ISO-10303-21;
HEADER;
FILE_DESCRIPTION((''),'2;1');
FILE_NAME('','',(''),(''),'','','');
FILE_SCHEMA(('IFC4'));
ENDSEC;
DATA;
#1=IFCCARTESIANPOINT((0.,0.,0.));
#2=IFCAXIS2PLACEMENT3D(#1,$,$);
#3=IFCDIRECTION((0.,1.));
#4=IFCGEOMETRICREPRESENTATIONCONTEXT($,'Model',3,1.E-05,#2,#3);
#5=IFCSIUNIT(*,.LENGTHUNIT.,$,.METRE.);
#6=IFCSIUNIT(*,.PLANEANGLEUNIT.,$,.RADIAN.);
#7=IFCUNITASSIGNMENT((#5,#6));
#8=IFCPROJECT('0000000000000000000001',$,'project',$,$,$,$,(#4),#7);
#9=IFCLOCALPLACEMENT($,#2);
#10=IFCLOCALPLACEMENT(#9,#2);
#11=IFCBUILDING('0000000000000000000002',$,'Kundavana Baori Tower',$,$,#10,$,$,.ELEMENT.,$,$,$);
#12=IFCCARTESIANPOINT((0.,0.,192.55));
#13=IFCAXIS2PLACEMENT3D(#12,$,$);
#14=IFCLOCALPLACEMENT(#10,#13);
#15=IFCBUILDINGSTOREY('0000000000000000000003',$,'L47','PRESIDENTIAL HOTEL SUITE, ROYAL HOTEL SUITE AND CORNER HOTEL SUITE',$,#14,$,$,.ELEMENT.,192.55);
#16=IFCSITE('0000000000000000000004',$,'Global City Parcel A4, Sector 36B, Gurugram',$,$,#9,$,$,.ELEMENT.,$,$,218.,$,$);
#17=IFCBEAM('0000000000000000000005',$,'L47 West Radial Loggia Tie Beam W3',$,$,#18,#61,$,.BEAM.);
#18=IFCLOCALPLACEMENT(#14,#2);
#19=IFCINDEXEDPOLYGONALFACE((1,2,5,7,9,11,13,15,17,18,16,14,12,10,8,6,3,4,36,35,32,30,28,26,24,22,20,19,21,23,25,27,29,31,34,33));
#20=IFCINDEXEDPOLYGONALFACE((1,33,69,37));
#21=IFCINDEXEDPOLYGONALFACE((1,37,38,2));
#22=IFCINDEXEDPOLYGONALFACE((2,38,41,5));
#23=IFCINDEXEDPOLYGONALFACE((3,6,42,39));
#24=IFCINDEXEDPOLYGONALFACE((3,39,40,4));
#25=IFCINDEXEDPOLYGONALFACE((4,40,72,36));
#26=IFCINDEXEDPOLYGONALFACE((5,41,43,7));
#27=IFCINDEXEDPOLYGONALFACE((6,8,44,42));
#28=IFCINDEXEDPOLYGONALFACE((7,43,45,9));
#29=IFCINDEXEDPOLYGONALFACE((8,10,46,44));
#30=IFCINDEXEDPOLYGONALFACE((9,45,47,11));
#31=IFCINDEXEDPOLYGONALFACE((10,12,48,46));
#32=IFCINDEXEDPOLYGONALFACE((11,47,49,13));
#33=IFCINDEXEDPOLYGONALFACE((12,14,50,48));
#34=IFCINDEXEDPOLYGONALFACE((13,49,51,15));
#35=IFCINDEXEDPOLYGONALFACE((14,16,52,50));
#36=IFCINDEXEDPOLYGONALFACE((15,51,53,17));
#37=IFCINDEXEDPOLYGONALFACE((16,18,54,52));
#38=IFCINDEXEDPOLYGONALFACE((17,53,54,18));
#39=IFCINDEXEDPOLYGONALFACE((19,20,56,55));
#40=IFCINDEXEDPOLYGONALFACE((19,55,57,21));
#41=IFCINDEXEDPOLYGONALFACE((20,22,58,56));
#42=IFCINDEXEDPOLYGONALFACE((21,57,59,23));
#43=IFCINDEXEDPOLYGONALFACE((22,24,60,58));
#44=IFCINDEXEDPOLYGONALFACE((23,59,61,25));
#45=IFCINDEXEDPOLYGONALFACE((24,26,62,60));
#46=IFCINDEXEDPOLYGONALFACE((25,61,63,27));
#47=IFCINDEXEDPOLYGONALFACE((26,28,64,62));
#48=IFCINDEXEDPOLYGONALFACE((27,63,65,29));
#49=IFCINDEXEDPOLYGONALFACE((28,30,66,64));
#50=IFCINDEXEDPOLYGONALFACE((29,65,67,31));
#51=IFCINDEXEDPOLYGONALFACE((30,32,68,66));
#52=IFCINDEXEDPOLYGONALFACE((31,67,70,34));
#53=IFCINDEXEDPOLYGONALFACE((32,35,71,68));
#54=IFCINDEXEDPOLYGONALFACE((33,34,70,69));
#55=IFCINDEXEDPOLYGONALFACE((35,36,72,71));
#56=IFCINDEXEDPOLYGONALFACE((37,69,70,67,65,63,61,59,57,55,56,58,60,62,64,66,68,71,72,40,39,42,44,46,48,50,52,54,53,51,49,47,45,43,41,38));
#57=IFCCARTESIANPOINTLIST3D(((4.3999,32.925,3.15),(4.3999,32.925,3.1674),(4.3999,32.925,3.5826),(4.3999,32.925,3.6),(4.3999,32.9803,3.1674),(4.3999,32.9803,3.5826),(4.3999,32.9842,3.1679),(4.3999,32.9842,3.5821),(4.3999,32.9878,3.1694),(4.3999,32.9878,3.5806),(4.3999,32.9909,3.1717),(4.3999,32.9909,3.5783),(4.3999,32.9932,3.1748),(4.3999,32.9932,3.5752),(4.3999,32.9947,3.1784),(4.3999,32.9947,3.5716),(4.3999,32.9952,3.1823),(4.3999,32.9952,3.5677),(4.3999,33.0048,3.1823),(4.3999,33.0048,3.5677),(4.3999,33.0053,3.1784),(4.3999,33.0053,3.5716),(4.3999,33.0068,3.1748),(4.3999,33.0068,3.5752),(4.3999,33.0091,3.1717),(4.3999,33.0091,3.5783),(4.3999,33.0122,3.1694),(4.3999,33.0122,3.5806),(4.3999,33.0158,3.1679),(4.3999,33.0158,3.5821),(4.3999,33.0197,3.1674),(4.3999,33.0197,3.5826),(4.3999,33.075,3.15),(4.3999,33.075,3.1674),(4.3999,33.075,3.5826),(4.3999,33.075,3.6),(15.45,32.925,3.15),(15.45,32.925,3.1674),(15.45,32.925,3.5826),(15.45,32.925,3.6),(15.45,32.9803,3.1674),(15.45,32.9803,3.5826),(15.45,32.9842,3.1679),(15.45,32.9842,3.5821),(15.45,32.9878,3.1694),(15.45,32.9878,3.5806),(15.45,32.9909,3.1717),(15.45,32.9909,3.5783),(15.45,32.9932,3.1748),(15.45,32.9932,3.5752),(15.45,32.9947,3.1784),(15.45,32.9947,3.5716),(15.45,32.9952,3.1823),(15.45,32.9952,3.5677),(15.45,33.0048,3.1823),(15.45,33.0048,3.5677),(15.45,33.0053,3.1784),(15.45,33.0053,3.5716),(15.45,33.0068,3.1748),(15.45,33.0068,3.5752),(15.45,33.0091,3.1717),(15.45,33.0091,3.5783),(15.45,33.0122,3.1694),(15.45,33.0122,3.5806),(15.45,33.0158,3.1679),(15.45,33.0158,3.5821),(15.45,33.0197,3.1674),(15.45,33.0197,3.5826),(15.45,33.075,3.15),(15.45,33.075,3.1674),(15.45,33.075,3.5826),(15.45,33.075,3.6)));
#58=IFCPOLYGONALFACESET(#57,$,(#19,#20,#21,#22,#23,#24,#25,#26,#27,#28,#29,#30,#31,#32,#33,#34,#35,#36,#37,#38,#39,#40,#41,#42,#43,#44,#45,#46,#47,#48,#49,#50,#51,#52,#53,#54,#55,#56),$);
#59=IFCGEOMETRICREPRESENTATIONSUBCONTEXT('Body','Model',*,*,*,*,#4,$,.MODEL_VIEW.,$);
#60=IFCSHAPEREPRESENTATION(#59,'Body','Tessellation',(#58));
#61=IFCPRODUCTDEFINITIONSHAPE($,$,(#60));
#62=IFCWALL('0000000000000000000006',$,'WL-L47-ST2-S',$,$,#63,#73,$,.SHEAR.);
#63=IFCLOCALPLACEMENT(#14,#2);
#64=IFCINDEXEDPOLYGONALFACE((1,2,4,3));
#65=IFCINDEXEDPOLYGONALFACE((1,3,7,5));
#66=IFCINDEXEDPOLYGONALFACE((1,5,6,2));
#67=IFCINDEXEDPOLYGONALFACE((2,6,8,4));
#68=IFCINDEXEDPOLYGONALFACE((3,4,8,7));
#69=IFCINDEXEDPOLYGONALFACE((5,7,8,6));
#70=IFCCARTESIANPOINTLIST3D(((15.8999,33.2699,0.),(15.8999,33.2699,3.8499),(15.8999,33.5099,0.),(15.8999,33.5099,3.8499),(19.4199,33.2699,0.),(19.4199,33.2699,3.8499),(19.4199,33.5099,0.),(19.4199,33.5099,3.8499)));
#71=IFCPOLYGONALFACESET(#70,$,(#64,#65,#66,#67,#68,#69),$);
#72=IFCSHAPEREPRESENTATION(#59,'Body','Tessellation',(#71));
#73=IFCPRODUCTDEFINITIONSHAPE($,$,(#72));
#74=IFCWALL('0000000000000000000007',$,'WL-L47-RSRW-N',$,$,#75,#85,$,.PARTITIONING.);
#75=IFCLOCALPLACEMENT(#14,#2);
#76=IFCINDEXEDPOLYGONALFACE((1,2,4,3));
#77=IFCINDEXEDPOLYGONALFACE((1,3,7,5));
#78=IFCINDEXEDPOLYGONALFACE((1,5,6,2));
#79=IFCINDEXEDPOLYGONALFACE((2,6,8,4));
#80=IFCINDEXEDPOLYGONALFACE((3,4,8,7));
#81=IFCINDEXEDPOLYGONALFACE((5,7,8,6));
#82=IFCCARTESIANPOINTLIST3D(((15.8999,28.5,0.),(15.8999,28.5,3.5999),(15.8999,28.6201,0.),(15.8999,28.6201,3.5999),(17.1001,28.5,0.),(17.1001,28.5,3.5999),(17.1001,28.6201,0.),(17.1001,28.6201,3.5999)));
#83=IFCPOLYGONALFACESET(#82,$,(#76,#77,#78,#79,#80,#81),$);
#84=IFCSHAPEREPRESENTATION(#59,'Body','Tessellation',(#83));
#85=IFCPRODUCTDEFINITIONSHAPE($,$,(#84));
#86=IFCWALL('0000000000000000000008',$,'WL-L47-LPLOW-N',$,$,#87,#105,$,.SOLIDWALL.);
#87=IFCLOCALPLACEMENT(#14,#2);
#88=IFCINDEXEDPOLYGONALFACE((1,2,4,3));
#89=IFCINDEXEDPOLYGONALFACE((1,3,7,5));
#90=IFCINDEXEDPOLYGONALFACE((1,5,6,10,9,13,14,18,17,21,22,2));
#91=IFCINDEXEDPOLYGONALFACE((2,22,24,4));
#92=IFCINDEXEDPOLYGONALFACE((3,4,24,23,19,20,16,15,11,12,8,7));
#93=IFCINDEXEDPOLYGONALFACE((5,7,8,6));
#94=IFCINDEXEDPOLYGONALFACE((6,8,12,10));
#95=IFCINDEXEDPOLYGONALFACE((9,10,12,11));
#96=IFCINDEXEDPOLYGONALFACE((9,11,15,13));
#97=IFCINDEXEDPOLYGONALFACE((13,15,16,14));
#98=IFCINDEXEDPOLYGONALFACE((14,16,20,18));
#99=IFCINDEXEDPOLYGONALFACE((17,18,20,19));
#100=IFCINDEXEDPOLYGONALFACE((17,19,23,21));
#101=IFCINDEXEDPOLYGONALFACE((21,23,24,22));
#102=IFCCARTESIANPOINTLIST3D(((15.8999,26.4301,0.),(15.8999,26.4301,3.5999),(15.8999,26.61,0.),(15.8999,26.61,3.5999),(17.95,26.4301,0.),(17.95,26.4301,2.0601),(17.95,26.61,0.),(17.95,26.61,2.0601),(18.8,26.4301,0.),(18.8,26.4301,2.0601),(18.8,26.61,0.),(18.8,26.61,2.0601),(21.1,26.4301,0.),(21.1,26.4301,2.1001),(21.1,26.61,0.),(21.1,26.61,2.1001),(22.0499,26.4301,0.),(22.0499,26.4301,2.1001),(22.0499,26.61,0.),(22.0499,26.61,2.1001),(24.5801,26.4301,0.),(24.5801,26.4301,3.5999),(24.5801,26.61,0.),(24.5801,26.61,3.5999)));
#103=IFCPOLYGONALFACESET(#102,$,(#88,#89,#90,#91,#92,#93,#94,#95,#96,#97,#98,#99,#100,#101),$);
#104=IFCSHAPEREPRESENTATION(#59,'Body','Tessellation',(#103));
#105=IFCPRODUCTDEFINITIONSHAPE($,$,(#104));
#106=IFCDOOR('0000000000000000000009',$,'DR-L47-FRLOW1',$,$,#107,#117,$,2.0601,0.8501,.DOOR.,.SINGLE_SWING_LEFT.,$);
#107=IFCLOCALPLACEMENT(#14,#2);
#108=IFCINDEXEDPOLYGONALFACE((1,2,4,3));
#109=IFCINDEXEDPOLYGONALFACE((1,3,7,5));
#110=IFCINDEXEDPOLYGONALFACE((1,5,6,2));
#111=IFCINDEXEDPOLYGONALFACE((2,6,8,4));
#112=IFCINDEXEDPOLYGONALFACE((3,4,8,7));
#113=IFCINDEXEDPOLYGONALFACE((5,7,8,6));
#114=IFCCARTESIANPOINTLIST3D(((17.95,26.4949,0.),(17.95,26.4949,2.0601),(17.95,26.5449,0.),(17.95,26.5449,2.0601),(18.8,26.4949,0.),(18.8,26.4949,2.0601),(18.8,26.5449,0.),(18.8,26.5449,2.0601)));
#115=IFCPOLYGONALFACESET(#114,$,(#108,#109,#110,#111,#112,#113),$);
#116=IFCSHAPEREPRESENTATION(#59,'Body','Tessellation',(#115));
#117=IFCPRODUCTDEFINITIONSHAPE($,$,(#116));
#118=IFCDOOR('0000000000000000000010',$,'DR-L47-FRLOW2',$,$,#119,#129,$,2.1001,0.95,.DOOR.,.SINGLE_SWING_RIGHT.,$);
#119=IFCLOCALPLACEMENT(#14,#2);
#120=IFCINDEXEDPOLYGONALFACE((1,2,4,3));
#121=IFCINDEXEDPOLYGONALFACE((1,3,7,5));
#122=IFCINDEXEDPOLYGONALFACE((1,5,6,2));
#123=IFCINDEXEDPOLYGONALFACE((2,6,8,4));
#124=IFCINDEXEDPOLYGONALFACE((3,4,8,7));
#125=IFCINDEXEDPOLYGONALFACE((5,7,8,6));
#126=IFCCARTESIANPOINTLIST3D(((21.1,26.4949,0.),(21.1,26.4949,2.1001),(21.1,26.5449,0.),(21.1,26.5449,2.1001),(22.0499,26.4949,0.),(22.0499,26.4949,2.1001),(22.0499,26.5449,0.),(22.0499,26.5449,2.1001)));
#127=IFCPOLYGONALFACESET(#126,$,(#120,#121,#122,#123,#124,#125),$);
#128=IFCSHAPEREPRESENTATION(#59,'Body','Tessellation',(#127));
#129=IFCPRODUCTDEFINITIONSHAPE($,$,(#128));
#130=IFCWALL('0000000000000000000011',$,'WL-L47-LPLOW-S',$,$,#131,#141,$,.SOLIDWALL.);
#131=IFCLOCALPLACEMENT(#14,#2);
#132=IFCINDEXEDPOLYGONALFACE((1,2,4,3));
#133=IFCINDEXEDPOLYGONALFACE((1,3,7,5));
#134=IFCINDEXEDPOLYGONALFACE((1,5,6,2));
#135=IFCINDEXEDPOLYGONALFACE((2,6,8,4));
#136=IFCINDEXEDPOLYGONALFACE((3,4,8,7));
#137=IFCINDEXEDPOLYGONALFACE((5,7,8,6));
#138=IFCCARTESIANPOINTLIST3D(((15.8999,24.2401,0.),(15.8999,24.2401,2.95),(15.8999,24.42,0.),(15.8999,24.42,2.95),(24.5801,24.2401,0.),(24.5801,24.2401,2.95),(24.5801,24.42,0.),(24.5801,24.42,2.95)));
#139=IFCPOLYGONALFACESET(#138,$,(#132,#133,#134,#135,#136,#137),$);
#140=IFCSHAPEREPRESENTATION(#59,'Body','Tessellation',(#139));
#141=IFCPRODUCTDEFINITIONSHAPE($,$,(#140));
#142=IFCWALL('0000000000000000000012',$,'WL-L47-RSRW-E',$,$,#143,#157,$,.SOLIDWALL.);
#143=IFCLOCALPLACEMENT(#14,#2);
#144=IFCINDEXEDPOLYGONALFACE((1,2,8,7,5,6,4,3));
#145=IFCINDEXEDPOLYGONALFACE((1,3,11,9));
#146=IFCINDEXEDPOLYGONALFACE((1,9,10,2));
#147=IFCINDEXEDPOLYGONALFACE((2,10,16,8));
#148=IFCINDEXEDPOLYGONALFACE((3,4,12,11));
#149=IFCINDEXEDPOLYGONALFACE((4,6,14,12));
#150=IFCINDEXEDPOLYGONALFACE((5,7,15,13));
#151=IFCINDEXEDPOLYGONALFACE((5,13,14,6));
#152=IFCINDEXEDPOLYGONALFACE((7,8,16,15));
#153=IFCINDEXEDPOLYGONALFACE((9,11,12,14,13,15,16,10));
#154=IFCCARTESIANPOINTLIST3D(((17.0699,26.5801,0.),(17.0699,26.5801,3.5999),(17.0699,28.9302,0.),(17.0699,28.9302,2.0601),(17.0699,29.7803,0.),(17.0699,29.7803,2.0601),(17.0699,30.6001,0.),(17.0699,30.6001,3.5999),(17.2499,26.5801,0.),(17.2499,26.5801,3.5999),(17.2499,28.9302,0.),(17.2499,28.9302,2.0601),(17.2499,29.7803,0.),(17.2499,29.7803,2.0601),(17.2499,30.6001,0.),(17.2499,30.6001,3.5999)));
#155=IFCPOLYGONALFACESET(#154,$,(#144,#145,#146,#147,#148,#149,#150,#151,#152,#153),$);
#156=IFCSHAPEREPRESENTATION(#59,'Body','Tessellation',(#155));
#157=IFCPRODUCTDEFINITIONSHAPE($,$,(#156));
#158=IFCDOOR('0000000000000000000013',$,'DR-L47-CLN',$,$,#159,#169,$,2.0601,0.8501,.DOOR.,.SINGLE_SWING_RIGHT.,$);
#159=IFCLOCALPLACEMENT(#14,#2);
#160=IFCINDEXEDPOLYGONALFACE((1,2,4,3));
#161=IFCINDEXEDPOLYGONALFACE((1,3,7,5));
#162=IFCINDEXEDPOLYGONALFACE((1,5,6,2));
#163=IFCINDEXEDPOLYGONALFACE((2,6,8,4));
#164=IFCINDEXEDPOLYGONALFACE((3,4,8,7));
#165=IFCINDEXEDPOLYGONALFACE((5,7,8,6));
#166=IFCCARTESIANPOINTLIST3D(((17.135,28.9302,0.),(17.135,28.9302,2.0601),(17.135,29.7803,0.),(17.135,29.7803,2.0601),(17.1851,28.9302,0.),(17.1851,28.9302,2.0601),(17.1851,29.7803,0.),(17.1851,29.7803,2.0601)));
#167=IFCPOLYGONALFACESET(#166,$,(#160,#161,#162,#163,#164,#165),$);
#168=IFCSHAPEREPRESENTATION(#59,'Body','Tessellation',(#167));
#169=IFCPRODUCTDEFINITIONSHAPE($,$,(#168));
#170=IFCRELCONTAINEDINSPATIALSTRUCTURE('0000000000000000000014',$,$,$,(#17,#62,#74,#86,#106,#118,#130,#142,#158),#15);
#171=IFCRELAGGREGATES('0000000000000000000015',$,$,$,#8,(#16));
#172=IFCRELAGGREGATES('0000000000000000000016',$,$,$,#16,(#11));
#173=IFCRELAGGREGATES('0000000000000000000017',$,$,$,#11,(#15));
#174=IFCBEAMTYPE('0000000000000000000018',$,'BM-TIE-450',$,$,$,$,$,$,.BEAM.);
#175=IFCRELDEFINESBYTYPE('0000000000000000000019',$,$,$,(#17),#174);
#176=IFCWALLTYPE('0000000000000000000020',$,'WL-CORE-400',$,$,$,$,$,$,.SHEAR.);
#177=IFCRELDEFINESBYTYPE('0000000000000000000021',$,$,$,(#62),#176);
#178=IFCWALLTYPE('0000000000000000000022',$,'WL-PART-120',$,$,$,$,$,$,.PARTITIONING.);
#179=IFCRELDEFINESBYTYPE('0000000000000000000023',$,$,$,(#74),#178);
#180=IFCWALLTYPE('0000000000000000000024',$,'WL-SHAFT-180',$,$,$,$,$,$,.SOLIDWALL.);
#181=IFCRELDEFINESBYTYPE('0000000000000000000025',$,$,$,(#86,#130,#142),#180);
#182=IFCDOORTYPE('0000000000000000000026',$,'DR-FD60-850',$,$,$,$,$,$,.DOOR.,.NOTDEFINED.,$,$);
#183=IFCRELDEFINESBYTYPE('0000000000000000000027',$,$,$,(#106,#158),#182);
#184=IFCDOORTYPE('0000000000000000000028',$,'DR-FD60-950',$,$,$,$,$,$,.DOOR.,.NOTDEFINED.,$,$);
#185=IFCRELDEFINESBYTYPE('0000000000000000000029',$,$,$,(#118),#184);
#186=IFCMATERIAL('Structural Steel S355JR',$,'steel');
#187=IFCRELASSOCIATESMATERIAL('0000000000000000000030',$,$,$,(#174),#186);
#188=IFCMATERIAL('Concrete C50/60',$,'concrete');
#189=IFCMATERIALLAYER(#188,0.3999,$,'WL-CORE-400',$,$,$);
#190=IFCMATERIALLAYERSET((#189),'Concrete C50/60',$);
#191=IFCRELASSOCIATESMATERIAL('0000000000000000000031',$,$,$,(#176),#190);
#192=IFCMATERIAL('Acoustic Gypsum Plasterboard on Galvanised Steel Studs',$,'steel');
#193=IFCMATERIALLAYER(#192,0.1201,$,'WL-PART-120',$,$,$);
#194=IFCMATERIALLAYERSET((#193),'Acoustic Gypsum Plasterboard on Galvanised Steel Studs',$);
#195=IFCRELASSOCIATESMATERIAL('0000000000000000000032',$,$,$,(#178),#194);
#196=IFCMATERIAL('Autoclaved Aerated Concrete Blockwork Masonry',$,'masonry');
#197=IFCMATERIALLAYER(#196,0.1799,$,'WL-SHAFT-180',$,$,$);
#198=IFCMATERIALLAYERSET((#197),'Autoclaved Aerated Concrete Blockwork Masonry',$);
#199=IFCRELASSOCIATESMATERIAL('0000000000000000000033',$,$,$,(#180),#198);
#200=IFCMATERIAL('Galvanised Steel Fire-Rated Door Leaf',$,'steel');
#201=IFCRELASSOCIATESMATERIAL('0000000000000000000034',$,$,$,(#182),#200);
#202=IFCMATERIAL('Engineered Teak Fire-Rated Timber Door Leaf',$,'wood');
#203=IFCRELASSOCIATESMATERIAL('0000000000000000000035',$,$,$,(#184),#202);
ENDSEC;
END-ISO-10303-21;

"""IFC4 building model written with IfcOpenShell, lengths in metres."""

from ifc_helpers import new_model, si_unit, direction, frame, frame_2d, origin, origin_2d, place, context, subcontext, project, spatial, rectangle, i_section, extrude, material, layer, layer_set, material_profile, profile_set, type_object, element, fill, save


model = new_model("IFC4")

# Units and contexts
model_context = context("Model", 3, precision=1e-05, world=origin(), true_north=direction((0.0, 1.0)))
body_context = subcontext(model_context, "Body", "Model", "MODEL_VIEW")
ifc_project = project(units=[si_unit("LENGTHUNIT", "METRE"), si_unit("PLANEANGLEUNIT", "RADIAN")], contexts=[model_context])

# Site, building, storey
site_placement = place(None, origin())
site = spatial("IfcSite", under=ifc_project, at=site_placement, Name="Global City Parcel A4, Sector 36B, Gurugram", CompositionType="ELEMENT", RefElevation=218.0)
building_placement = place(site_placement, origin())
building = spatial("IfcBuilding", under=site, at=building_placement, Name="Kundavana Baori Tower", CompositionType="ELEMENT")
storey_placement = place(building_placement, frame((0.0, 0.0, 192.55)))
storey = spatial("IfcBuildingStorey", under=building, at=storey_placement, Name="L47", Description="PRESIDENTIAL HOTEL SUITE, ROYAL HOTEL SUITE AND CORNER HOTEL SUITE", CompositionType="ELEMENT", Elevation=192.55)

# Beam
ifc_material_1 = material(Name="Structural Steel S355JR", Category="steel")
ifc_material_profile_1 = material_profile(ifc_material_1, i_section(OverallWidth=0.1499, OverallDepth=0.45, WebThickness=0.0095, FlangeThickness=0.0173, FilletRadius=0.0149, at=origin_2d()), Name="ISMB 450")
ifc_profile_set_1 = profile_set([ifc_material_profile_1], Name="Structural Steel S355JR")
beam_type_1 = type_object("IfcBeamType", Name="BM-TIE-450", PredefinedType="BEAM", material=ifc_profile_set_1)
for number, where, z_axis, x_axis, name in (
    (1, (15.45, 33.0, 3.375), (-1.0, 0.0, 0.0), (0.0, -1.0, 0.0), "L47 West Radial Loggia Tie Beam W3"),
):
    element("IfcBeam", number, at=place(storey_placement, frame(where, z_axis=z_axis, x_axis=x_axis)), inside=storey, type_object=beam_type_1, Name=name, PredefinedType="BEAM", context=body_context, shape_type="SweptSolid", body=[
        extrude(i_section(OverallWidth=0.1499, OverallDepth=0.45, WebThickness=0.0095, FlangeThickness=0.0173, FilletRadius=0.0149, at=origin_2d()), origin(), (0.0, 0.0, 1.0), 11.05),
    ])

# Walls
ifc_material_2 = material(Name="Concrete C50/60", Category="concrete")
ifc_layer_1 = layer(ifc_material_2, 0.3999, Name="WL-CORE-400")
ifc_layer_set_1 = layer_set([ifc_layer_1], Name="Concrete C50/60")
wall_type_1 = type_object("IfcWallType", Name="WL-CORE-400", PredefinedType="SHEAR", material=ifc_layer_set_1)
wall_1_placement = place(storey_placement, frame((15.8999, 33.3899, 0.0), z_axis=(0.0, 0.0, 1.0), x_axis=(1.0, 0.0, 0.0)))
element("IfcWall", 2, at=wall_1_placement, inside=storey, type_object=wall_type_1, Name="WL-L47-ST2-S", PredefinedType="SHEAR", context=body_context, shape_type="SweptSolid", body=[
    extrude(rectangle(XDim=3.52, YDim=0.24, at=frame_2d((1.76, 0.0))), origin(), (0.0, 0.0, 1.0), 3.8499),
])
ifc_material_3 = material(Name="Acoustic Gypsum Plasterboard on Galvanised Steel Studs", Category="steel")
ifc_layer_2 = layer(ifc_material_3, 0.1201, Name="WL-PART-120")
ifc_layer_set_2 = layer_set([ifc_layer_2], Name="Acoustic Gypsum Plasterboard on Galvanised Steel Studs")
wall_type_2 = type_object("IfcWallType", Name="WL-PART-120", PredefinedType="PARTITIONING", material=ifc_layer_set_2)
wall_2_placement = place(storey_placement, frame((15.8999, 28.5601, 0.0), z_axis=(0.0, 0.0, 1.0), x_axis=(1.0, 0.0, 0.0)))
element("IfcWall", 3, at=wall_2_placement, inside=storey, type_object=wall_type_2, Name="WL-L47-RSRW-N", PredefinedType="PARTITIONING", context=body_context, shape_type="SweptSolid", body=[
    extrude(rectangle(XDim=1.2002, YDim=0.1201, at=frame_2d((0.6001, 0.0))), origin(), (0.0, 0.0, 1.0), 3.5999),
])

# Wall, openings, doors
ifc_material_4 = material(Name="Autoclaved Aerated Concrete Blockwork Masonry", Category="masonry")
ifc_layer_3 = layer(ifc_material_4, 0.1799, Name="WL-SHAFT-180")
ifc_layer_set_3 = layer_set([ifc_layer_3], Name="Autoclaved Aerated Concrete Blockwork Masonry")
wall_type_3 = type_object("IfcWallType", Name="WL-SHAFT-180", PredefinedType="SOLIDWALL", material=ifc_layer_set_3)
wall_3_placement = place(storey_placement, frame((15.8999, 26.52, 0.0), z_axis=(0.0, 0.0, 1.0), x_axis=(1.0, 0.0, 0.0)))
wall_3 = element("IfcWall", 4, at=wall_3_placement, inside=storey, type_object=wall_type_3, Name="WL-L47-LPLOW-N", PredefinedType="SOLIDWALL", context=body_context, shape_type="SweptSolid", body=[
    extrude(rectangle(XDim=8.6802, YDim=0.1799, at=frame_2d((4.3401, 0.0))), origin(), (0.0, 0.0, 1.0), 3.5999),
])
opening_1_placement = place(wall_3_placement, frame((2.05, 0.0, 0.0)))
opening_1 = element("IfcOpeningElement", 5, at=opening_1_placement, cuts=wall_3, PredefinedType="OPENING", context=body_context, shape_type="SweptSolid", body=[
    extrude(rectangle(XDim=0.8501, YDim=2.0601, at=frame_2d((0.425, 1.03))), frame((0.0, 0.1001, 0.0), z_axis=(0.0, -1.0, 0.0), x_axis=(1.0, 0.0, 0.0)), (0.0, 0.0, 1.0), 0.2),
])
opening_2_placement = place(wall_3_placement, frame((5.2, 0.0, 0.0)))
opening_2 = element("IfcOpeningElement", 6, at=opening_2_placement, cuts=wall_3, PredefinedType="OPENING", context=body_context, shape_type="SweptSolid", body=[
    extrude(rectangle(XDim=0.95, YDim=2.1001, at=frame_2d((0.4751, 1.05))), frame((0.0, 0.1001, 0.0), z_axis=(0.0, -1.0, 0.0), x_axis=(1.0, 0.0, 0.0)), (0.0, 0.0, 1.0), 0.2),
])
ifc_material_5 = material(Name="Galvanised Steel Fire-Rated Door Leaf", Category="steel")
door_type_1 = type_object("IfcDoorType", Name="DR-FD60-850", OperationType="NOTDEFINED", PredefinedType="DOOR", material=ifc_material_5)
door_1_placement = place(opening_1_placement, origin())
door_1 = element("IfcDoor", 7, at=door_1_placement, inside=storey, type_object=door_type_1, Name="DR-L47-FRLOW1", OperationType="SINGLE_SWING_LEFT", OverallHeight=2.0601, OverallWidth=0.8501, PredefinedType="DOOR", context=body_context, shape_type="SweptSolid", body=[
    extrude(rectangle(XDim=0.8501, YDim=2.0601, at=frame_2d((0.425, 1.03))), frame((0.0, 0.0249, 0.0), z_axis=(0.0, -1.0, 0.0), x_axis=(1.0, 0.0, 0.0)), (0.0, 0.0, 1.0), 0.05),
])
fill(opening_1, door_1)
ifc_material_6 = material(Name="Engineered Teak Fire-Rated Timber Door Leaf", Category="wood")
door_type_2 = type_object("IfcDoorType", Name="DR-FD60-950", OperationType="NOTDEFINED", PredefinedType="DOOR", material=ifc_material_6)
door_2_placement = place(opening_2_placement, origin())
door_2 = element("IfcDoor", 8, at=door_2_placement, inside=storey, type_object=door_type_2, Name="DR-L47-FRLOW2", OperationType="SINGLE_SWING_RIGHT", OverallHeight=2.1001, OverallWidth=0.95, PredefinedType="DOOR", context=body_context, shape_type="SweptSolid", body=[
    extrude(rectangle(XDim=0.95, YDim=2.1001, at=frame_2d((0.4751, 1.05))), frame((0.0, 0.0249, 0.0), z_axis=(0.0, -1.0, 0.0), x_axis=(1.0, 0.0, 0.0)), (0.0, 0.0, 1.0), 0.05),
])
fill(opening_2, door_2)

# Wall
wall_4_placement = place(storey_placement, frame((15.8999, 24.3301, 0.0), z_axis=(0.0, 0.0, 1.0), x_axis=(1.0, 0.0, 0.0)))
element("IfcWall", 9, at=wall_4_placement, inside=storey, type_object=wall_type_3, Name="WL-L47-LPLOW-S", PredefinedType="SOLIDWALL", context=body_context, shape_type="SweptSolid", body=[
    extrude(rectangle(XDim=8.6802, YDim=0.1799, at=frame_2d((4.3401, 0.0))), origin(), (0.0, 0.0, 1.0), 2.95),
])

# Wall, opening, door
wall_5_placement = place(storey_placement, frame((17.1599, 26.5801, 0.0), z_axis=(0.0, 0.0, 1.0), x_axis=(0.0, 1.0, 0.0)))
wall_5 = element("IfcWall", 10, at=wall_5_placement, inside=storey, type_object=wall_type_3, Name="WL-L47-RSRW-E", PredefinedType="SOLIDWALL", context=body_context, shape_type="SweptSolid", body=[
    extrude(rectangle(XDim=4.02, YDim=0.1799, at=frame_2d((2.01, 0.0))), origin(), (0.0, 0.0, 1.0), 3.5999),
])
opening_3_placement = place(wall_5_placement, frame((2.3501, 0.0, 0.0)))
opening_3 = element("IfcOpeningElement", 11, at=opening_3_placement, cuts=wall_5, PredefinedType="OPENING", context=body_context, shape_type="SweptSolid", body=[
    extrude(rectangle(XDim=0.8501, YDim=2.0601, at=frame_2d((0.425, 1.03))), frame((0.0, 0.1001, 0.0), z_axis=(0.0, -1.0, 0.0), x_axis=(1.0, 0.0, 0.0)), (0.0, 0.0, 1.0), 0.2),
])
door_3_placement = place(opening_3_placement, origin())
door_3 = element("IfcDoor", 12, at=door_3_placement, inside=storey, type_object=door_type_1, Name="DR-L47-CLN", OperationType="SINGLE_SWING_RIGHT", OverallHeight=2.0601, OverallWidth=0.8501, PredefinedType="DOOR", context=body_context, shape_type="SweptSolid", body=[
    extrude(rectangle(XDim=0.8501, YDim=2.0601, at=frame_2d((0.425, 1.03))), frame((0.0, 0.0249, 0.0), z_axis=(0.0, -1.0, 0.0), x_axis=(1.0, 0.0, 0.0)), (0.0, 0.0, 1.0), 0.05),
])
fill(opening_3, door_3)

save(model, "model.ifc")
